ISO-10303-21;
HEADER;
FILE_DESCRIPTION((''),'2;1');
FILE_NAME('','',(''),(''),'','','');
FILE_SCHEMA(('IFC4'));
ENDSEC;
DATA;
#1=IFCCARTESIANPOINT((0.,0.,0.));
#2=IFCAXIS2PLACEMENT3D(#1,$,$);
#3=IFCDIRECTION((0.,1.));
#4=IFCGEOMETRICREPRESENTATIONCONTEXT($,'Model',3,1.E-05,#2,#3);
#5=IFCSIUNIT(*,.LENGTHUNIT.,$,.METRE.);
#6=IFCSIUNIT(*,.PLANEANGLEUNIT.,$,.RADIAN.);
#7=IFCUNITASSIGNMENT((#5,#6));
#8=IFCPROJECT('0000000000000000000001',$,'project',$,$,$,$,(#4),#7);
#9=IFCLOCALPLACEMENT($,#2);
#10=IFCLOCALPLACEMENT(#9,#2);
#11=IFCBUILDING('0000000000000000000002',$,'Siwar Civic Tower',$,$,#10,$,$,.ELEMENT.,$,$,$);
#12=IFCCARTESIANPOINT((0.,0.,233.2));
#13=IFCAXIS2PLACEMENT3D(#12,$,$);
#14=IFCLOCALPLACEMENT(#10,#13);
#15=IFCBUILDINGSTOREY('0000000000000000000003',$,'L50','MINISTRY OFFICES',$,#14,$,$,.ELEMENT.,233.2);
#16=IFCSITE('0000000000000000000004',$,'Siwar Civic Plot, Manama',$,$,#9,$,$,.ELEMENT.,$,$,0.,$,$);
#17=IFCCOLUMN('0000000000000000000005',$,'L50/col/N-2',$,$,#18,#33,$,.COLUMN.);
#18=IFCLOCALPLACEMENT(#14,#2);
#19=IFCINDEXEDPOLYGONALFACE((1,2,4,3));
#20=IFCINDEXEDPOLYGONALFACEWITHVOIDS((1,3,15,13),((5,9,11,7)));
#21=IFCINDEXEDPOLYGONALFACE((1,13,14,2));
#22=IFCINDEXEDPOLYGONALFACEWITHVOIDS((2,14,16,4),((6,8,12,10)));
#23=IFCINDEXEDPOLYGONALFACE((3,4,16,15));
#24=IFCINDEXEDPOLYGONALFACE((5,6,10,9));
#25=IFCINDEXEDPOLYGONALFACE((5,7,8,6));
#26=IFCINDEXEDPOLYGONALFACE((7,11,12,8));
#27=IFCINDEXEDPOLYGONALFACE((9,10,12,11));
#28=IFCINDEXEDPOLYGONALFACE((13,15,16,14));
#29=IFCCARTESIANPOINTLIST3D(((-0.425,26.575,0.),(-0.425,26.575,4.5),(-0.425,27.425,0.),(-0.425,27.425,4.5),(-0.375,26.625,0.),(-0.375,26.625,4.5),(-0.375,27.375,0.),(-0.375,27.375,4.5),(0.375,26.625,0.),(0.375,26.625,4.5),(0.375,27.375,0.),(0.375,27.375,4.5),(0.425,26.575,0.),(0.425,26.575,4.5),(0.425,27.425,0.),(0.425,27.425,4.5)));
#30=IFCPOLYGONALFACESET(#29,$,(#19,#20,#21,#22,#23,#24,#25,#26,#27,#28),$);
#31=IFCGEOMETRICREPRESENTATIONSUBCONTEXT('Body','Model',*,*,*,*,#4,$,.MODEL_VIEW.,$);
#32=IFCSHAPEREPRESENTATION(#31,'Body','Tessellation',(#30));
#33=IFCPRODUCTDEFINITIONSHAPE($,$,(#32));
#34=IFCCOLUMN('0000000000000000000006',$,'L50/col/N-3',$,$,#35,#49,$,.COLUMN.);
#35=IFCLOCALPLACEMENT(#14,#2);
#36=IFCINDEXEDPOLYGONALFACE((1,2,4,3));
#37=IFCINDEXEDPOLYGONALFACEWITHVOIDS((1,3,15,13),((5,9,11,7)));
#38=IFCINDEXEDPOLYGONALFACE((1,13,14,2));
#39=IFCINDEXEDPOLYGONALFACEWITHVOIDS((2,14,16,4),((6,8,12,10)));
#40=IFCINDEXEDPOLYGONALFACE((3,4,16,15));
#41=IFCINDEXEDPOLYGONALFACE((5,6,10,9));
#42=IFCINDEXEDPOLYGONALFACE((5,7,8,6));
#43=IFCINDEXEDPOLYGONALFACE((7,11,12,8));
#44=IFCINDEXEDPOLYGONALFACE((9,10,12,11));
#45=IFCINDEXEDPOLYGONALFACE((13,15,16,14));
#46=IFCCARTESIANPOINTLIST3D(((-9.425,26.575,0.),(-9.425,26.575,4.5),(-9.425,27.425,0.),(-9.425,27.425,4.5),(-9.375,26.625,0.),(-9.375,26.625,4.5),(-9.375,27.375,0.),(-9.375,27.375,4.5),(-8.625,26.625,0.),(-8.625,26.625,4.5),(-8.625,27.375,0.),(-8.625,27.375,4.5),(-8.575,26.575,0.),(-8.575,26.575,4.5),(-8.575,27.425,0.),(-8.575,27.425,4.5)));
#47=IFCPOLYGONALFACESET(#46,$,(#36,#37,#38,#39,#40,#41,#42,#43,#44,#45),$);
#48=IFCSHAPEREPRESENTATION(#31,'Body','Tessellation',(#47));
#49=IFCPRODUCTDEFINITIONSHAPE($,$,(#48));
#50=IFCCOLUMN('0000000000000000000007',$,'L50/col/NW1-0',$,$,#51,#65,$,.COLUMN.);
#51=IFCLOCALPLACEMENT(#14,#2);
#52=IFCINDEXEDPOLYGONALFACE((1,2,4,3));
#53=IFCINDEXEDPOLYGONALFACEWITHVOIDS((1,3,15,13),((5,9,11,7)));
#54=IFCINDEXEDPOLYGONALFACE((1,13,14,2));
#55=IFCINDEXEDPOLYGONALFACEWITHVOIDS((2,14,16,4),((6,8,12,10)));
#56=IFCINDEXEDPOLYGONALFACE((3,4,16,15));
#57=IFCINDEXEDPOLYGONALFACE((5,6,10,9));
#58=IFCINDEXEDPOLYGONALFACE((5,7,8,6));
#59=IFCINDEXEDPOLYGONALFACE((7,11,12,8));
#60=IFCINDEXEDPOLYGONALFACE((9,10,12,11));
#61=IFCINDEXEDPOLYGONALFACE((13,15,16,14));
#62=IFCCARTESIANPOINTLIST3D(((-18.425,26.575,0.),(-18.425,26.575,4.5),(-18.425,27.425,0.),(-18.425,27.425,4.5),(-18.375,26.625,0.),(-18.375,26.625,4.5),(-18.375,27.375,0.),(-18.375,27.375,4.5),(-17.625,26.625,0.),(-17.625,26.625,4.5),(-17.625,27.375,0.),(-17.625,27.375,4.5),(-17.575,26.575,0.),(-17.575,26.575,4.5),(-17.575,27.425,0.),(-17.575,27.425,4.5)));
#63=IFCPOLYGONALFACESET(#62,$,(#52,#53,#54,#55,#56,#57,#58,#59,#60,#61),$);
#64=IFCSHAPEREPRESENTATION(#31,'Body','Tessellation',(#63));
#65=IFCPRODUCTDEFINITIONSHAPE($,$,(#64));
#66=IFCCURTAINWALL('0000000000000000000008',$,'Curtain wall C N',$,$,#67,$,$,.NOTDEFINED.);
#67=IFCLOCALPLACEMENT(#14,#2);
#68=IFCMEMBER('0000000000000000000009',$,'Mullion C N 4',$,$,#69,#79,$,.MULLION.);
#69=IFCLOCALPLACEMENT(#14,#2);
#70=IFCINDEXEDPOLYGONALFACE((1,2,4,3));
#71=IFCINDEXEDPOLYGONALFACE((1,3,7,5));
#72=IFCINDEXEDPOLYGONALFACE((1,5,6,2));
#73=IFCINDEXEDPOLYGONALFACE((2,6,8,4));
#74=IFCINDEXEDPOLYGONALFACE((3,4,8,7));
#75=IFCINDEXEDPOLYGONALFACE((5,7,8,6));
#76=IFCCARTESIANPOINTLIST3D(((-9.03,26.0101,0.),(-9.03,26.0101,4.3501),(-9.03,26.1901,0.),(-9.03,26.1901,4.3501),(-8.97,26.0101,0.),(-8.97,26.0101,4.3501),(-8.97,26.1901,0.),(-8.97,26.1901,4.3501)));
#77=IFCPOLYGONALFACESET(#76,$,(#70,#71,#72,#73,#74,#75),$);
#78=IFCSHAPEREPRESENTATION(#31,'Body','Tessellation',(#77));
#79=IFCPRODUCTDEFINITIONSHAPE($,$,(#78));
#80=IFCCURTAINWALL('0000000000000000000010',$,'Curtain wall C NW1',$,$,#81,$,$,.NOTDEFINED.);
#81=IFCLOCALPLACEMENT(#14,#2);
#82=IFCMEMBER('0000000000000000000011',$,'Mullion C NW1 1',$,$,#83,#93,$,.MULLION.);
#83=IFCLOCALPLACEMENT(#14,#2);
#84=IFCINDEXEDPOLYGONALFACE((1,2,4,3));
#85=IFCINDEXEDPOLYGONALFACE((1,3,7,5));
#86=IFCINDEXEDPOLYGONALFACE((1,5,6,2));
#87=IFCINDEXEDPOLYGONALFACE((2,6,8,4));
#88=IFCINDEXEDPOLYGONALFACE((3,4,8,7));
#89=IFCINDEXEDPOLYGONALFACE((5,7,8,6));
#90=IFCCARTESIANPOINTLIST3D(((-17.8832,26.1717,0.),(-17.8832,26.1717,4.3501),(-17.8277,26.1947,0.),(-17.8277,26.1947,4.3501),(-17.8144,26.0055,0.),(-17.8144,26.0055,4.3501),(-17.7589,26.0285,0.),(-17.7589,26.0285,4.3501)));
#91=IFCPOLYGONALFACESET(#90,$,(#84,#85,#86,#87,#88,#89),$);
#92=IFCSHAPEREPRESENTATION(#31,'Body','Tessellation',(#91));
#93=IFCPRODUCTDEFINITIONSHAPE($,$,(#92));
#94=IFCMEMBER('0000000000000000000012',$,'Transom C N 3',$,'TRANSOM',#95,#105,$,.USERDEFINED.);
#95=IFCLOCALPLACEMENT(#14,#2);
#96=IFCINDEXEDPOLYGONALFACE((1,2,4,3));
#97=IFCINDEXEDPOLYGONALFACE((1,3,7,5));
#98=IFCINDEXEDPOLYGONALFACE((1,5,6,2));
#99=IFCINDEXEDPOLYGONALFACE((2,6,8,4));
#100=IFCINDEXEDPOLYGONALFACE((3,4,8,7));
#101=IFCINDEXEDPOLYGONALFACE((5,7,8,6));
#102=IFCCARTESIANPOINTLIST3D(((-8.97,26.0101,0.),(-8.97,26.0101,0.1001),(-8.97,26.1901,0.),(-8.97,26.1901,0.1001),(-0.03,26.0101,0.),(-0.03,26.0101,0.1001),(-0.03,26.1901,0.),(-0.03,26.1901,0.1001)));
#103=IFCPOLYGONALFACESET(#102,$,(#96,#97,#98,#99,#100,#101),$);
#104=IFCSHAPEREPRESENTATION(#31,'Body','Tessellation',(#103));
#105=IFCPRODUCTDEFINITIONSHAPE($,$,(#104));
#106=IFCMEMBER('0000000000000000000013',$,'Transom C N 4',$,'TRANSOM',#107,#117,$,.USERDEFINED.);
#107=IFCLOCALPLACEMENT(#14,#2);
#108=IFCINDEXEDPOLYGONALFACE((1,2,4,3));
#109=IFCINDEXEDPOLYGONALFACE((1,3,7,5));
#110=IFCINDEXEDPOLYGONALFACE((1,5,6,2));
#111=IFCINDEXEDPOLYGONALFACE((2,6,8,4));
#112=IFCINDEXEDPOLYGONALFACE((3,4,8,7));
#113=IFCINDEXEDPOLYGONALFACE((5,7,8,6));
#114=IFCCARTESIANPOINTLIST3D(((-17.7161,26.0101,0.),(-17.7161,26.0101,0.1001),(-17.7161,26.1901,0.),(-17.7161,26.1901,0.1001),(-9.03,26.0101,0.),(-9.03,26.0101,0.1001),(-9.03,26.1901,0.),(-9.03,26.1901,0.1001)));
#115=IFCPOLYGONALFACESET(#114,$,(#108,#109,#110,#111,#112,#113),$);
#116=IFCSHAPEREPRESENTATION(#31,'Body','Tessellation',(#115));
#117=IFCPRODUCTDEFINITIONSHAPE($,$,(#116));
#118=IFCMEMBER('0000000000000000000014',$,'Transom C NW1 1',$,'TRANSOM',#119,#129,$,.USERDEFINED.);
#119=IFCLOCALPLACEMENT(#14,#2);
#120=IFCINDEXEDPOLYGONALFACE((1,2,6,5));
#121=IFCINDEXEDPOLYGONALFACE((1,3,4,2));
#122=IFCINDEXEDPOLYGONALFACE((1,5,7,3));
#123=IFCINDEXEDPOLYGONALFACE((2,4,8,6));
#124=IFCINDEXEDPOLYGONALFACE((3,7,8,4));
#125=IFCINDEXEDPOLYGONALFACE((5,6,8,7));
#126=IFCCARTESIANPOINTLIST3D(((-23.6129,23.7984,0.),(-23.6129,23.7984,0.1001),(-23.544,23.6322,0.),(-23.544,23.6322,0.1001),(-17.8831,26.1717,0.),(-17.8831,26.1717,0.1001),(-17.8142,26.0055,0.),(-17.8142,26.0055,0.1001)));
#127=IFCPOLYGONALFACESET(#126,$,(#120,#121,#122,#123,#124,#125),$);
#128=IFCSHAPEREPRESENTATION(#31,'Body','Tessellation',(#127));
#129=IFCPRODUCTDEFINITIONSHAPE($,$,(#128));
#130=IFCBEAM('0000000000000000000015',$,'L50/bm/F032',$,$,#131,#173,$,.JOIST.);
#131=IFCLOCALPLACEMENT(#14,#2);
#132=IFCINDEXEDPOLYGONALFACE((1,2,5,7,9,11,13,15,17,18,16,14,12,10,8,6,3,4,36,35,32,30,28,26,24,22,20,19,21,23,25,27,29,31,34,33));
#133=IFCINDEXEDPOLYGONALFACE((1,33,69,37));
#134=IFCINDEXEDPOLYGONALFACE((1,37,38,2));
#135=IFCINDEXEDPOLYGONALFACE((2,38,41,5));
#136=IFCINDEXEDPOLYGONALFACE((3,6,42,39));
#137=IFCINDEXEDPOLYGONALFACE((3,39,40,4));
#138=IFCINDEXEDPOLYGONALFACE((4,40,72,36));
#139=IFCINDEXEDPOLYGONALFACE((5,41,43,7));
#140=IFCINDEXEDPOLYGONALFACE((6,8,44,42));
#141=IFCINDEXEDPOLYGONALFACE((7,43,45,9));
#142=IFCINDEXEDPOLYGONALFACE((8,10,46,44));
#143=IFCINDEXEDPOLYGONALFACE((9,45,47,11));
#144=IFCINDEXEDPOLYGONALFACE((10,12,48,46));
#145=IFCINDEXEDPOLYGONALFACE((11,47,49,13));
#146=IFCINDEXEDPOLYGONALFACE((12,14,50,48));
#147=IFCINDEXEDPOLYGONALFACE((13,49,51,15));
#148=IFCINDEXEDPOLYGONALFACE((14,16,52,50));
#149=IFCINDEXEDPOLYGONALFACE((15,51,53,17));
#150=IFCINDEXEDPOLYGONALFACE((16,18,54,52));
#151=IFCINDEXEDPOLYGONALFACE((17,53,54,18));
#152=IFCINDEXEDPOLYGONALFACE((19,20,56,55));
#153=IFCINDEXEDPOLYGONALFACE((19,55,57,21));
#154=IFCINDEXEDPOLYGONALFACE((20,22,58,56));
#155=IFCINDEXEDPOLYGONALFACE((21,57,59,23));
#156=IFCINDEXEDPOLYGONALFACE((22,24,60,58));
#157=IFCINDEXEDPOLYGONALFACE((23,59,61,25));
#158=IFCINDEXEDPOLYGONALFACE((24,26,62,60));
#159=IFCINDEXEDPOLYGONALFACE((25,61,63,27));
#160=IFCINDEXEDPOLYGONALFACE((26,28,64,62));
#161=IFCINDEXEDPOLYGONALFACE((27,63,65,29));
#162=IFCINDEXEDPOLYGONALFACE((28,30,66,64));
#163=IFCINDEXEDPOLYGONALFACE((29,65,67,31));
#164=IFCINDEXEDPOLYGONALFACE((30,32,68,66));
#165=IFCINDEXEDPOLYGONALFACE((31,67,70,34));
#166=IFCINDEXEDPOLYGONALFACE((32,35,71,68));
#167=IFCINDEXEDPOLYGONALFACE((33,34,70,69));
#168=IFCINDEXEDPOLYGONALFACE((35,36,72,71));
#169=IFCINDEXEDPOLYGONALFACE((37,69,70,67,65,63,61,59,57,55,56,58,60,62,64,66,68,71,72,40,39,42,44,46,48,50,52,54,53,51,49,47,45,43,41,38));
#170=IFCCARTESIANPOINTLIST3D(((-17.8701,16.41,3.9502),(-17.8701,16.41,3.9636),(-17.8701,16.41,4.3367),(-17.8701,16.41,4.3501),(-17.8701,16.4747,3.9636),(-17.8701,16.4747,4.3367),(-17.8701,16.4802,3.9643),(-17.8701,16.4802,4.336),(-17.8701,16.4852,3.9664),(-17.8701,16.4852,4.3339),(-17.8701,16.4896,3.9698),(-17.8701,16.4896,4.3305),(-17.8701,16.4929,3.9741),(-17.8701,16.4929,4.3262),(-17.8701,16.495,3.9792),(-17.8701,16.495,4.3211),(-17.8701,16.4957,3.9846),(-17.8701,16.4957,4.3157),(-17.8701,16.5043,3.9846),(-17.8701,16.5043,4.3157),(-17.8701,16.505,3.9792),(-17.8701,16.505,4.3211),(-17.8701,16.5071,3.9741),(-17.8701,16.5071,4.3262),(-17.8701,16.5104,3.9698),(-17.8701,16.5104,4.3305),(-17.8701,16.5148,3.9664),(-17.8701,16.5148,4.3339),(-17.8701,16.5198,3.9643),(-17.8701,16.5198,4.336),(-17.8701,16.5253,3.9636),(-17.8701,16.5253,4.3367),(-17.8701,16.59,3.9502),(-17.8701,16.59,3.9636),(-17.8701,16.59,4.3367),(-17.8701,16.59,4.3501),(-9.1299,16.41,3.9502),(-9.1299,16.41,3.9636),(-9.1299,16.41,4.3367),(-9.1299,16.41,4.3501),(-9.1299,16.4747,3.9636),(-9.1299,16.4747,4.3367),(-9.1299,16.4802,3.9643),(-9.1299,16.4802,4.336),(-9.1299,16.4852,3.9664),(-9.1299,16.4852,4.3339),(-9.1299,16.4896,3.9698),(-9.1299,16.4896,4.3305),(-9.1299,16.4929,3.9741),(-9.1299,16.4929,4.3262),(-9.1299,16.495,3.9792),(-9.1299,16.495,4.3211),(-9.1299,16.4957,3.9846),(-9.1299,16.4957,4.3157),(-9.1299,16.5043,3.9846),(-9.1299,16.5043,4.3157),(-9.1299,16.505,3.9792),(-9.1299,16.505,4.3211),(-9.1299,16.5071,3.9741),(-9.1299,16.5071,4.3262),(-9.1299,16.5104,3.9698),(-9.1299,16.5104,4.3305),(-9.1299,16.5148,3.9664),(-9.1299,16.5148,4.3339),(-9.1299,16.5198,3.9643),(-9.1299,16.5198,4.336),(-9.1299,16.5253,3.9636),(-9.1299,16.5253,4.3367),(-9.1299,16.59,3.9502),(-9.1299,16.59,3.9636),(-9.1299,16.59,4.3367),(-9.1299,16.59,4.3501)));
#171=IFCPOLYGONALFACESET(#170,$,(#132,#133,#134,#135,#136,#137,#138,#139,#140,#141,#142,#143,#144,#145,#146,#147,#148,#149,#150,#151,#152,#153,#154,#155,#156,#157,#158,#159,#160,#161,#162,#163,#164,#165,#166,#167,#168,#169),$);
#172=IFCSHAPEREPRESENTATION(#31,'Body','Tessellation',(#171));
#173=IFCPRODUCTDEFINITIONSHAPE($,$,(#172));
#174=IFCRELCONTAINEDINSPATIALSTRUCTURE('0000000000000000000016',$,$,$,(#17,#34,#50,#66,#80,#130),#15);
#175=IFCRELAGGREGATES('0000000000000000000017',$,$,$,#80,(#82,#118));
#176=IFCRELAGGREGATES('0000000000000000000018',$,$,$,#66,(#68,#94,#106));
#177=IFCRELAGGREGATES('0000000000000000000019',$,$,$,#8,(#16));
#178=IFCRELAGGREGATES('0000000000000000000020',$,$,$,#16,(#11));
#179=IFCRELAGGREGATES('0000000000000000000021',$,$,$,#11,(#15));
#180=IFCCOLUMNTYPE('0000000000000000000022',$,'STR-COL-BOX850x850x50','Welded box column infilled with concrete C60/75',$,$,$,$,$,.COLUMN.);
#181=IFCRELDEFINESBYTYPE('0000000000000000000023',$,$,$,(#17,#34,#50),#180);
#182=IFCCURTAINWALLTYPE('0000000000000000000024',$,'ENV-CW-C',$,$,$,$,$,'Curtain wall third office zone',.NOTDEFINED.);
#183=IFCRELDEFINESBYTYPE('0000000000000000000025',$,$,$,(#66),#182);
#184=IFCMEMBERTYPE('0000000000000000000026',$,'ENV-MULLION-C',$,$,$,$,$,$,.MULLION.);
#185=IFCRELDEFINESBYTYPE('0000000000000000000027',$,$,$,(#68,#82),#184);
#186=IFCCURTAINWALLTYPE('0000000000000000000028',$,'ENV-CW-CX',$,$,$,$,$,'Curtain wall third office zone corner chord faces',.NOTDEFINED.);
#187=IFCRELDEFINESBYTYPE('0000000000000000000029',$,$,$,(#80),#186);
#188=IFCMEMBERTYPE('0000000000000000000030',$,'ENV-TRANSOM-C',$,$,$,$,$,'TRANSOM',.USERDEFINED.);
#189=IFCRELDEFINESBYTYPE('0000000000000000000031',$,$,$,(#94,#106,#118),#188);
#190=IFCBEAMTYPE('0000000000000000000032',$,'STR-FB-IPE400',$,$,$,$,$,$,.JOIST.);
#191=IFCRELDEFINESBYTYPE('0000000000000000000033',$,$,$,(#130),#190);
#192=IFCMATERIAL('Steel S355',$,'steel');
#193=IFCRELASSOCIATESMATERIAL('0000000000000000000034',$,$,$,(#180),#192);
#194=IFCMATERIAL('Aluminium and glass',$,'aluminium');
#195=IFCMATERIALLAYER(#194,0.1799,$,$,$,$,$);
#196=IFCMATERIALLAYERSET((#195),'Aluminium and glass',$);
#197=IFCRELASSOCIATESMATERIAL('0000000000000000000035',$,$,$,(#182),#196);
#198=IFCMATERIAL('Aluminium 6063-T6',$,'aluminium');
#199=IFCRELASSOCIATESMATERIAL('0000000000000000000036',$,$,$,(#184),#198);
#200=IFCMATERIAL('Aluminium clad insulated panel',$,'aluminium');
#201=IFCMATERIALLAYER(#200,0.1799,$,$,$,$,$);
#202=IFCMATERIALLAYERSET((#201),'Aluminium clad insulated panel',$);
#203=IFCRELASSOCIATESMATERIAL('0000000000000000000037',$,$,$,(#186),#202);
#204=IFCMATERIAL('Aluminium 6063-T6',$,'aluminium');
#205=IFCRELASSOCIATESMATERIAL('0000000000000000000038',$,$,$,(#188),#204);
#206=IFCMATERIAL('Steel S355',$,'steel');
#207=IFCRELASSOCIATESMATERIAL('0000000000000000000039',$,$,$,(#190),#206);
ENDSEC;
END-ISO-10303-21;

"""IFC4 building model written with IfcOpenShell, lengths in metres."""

from ifc_helpers import new_model, si_unit, direction, frame, origin, origin_2d, place, context, subcontext, project, spatial, rectangle, hollow_rectangle, i_section, extrude, material, layer, layer_set, material_profile, profile_set, type_object, element, aggregate, save


model = new_model("IFC4")

# Units and contexts
model_context = context("Model", 3, precision=1e-05, world=origin(), true_north=direction((0.0, 1.0)))
body_context = subcontext(model_context, "Body", "Model", "MODEL_VIEW")
ifc_project = project(units=[si_unit("LENGTHUNIT", "METRE"), si_unit("PLANEANGLEUNIT", "RADIAN")], contexts=[model_context])

# Site, building, storey
site_placement = place(None, origin())
site = spatial("IfcSite", under=ifc_project, at=site_placement, Name="Siwar Civic Plot, Manama", CompositionType="ELEMENT", RefElevation=0.0)
building_placement = place(site_placement, origin())
building = spatial("IfcBuilding", under=site, at=building_placement, Name="Siwar Civic Tower", CompositionType="ELEMENT")
storey_placement = place(building_placement, frame((0.0, 0.0, 233.2)))
storey = spatial("IfcBuildingStorey", under=building, at=storey_placement, Name="L50", Description="MINISTRY OFFICES", CompositionType="ELEMENT", Elevation=233.2)

# Columns
ifc_material_1 = material(Name="Steel S355", Category="steel")
ifc_material_profile_1 = material_profile(ifc_material_1, hollow_rectangle(XDim=0.8501, YDim=0.8501, WallThickness=0.05, at=origin_2d()), Name="BOX850x850x50")
ifc_profile_set_1 = profile_set([ifc_material_profile_1], Name="Steel S355")
column_type = type_object("IfcColumnType", Name="STR-COL-BOX850x850x50", Description="Welded box column infilled with concrete C60/75", PredefinedType="COLUMN", material=ifc_profile_set_1)
for number, where, z_axis, x_axis, name in (
    (1, (0.0, 27.0, 0.0), (0.0, 0.0, 1.0), (1.0, 0.0, 0.0), "L50/col/N-2"),
    (2, (-9.0, 27.0, 0.0), (0.0, 0.0, 1.0), (1.0, 0.0, 0.0), "L50/col/N-3"),
    (3, (-18.0, 27.0, 0.0), (0.0, 0.0, 1.0), (1.0, 0.0, 0.0), "L50/col/NW1-0"),
):
    element("IfcColumn", number, at=place(storey_placement, frame(where, z_axis=z_axis, x_axis=x_axis)), inside=storey, type_object=column_type, Name=name, PredefinedType="COLUMN", context=body_context, shape_type="SweptSolid", body=[
        extrude(hollow_rectangle(XDim=0.8501, YDim=0.8501, WallThickness=0.05, at=origin_2d()), origin(), (0.0, 0.0, 1.0), 4.5),
    ])

# Curtain walls, members
ifc_material_2 = material(Name="Aluminium and glass", Category="aluminium")
ifc_layer_1 = layer(ifc_material_2, 0.1799)
ifc_layer_set_1 = layer_set([ifc_layer_1], Name="Aluminium and glass")
curtain_wall_type_1 = type_object("IfcCurtainWallType", Name="ENV-CW-C", ElementType="Curtain wall third office zone", PredefinedType="NOTDEFINED", material=ifc_layer_set_1)
curtain_wall_1_placement = place(storey_placement, origin())
curtain_wall_1 = element("IfcCurtainWall", 4, at=curtain_wall_1_placement, inside=storey, type_object=curtain_wall_type_1, Name="Curtain wall C N", PredefinedType="NOTDEFINED")
ifc_material_3 = material(Name="Aluminium 6063-T6", Category="aluminium")
ifc_material_profile_2 = material_profile(ifc_material_3, rectangle(XDim=0.1799, YDim=0.0601, at=origin_2d()), Name="AL 180x60")
ifc_profile_set_2 = profile_set([ifc_material_profile_2], Name="Aluminium 6063-T6")
member_type_1 = type_object("IfcMemberType", Name="ENV-MULLION-C", PredefinedType="MULLION", material=ifc_profile_set_2)
member_1_placement = place(storey_placement, frame((-9.0, 26.1001, 0.0), z_axis=(0.0, 0.0, 1.0), x_axis=(0.0, -1.0, 0.0)))
member_1 = element("IfcMember", 5, at=member_1_placement, type_object=member_type_1, Name="Mullion C N 4", PredefinedType="MULLION", context=body_context, shape_type="SweptSolid", body=[
    extrude(rectangle(XDim=0.1799, YDim=0.0601, at=origin_2d()), origin(), (0.0, 0.0, 1.0), 4.3501),
])
ifc_material_4 = material(Name="Aluminium clad insulated panel", Category="aluminium")
ifc_layer_2 = layer(ifc_material_4, 0.1799)
ifc_layer_set_2 = layer_set([ifc_layer_2], Name="Aluminium clad insulated panel")
curtain_wall_type_2 = type_object("IfcCurtainWallType", Name="ENV-CW-CX", ElementType="Curtain wall third office zone corner chord faces", PredefinedType="NOTDEFINED", material=ifc_layer_set_2)
curtain_wall_2_placement = place(storey_placement, origin())
curtain_wall_2 = element("IfcCurtainWall", 6, at=curtain_wall_2_placement, inside=storey, type_object=curtain_wall_type_2, Name="Curtain wall C NW1", PredefinedType="NOTDEFINED")
member_2_placement = place(storey_placement, frame((-17.821, 26.1001, 0.0), z_axis=(0.0, 0.0, 1.0), x_axis=(0.382683, -0.92388, 0.0)))
member_2 = element("IfcMember", 7, at=member_2_placement, type_object=member_type_1, Name="Mullion C NW1 1", PredefinedType="MULLION", context=body_context, shape_type="SweptSolid", body=[
    extrude(rectangle(XDim=0.1799, YDim=0.0601, at=origin_2d()), origin(), (0.0, 0.0, 1.0), 4.3501),
])

# Members
ifc_material_5 = material(Name="Aluminium 6063-T6", Category="aluminium")
ifc_material_profile_3 = material_profile(ifc_material_5, rectangle(XDim=0.1799, YDim=0.1001, at=origin_2d()), Name="AL 180x100")
ifc_profile_set_3 = profile_set([ifc_material_profile_3], Name="Aluminium 6063-T6")
member_type_2 = type_object("IfcMemberType", Name="ENV-TRANSOM-C", ElementType="TRANSOM", PredefinedType="USERDEFINED", material=ifc_profile_set_3)
member_3_placement = place(storey_placement, frame((-0.03, 26.1001, 0.05), z_axis=(-1.0, 0.0, 0.0), x_axis=(0.0, -1.0, 0.0)))
member_3 = element("IfcMember", 8, at=member_3_placement, type_object=member_type_2, Name="Transom C N 3", ObjectType="TRANSOM", PredefinedType="USERDEFINED", context=body_context, shape_type="SweptSolid", body=[
    extrude(rectangle(XDim=0.1799, YDim=0.1001, at=origin_2d()), origin(), (0.0, 0.0, 1.0), 8.9399),
])
member_4_placement = place(storey_placement, frame((-9.03, 26.1001, 0.05), z_axis=(-1.0, 0.0, 0.0), x_axis=(0.0, -1.0, 0.0)))
member_4 = element("IfcMember", 9, at=member_4_placement, type_object=member_type_2, Name="Transom C N 4", ObjectType="TRANSOM", PredefinedType="USERDEFINED", context=body_context, shape_type="SweptSolid", body=[
    extrude(rectangle(XDim=0.1799, YDim=0.1001, at=origin_2d()), origin(), (0.0, 0.0, 1.0), 8.686),
])
member_5_placement = place(storey_placement, frame((-17.8486, 26.0886, 0.05), z_axis=(-0.923882, -0.382677, 0.0), x_axis=(0.382677, -0.923882, 0.0)))
member_5 = element("IfcMember", 10, at=member_5_placement, type_object=member_type_2, Name="Transom C NW1 1", ObjectType="TRANSOM", PredefinedType="USERDEFINED", context=body_context, shape_type="SweptSolid", body=[
    extrude(rectangle(XDim=0.1799, YDim=0.1001, at=origin_2d()), origin(), (0.0, 0.0, 1.0), 6.2019),
])
aggregate(curtain_wall_2, [member_2, member_5])

# Beam
ifc_material_6 = material(Name="Steel S355", Category="steel")
ifc_material_profile_4 = material_profile(ifc_material_6, i_section(OverallWidth=0.1799, OverallDepth=0.3999, WebThickness=0.0085, FlangeThickness=0.0134, FilletRadius=0.021, at=origin_2d()), Name="IPE400")
ifc_profile_set_4 = profile_set([ifc_material_profile_4], Name="Steel S355")
beam_type_1 = type_object("IfcBeamType", Name="STR-FB-IPE400", PredefinedType="JOIST", material=ifc_profile_set_4)
for number, where, z_axis, x_axis, name in (
    (11, (-17.8701, 16.5, 4.1501), (1.0, 0.0, 0.0), (0.0, 1.0, 0.0), "L50/bm/F032"),
):
    element("IfcBeam", number, at=place(storey_placement, frame(where, z_axis=z_axis, x_axis=x_axis)), inside=storey, type_object=beam_type_1, Name=name, PredefinedType="JOIST", context=body_context, shape_type="SweptSolid", body=[
        extrude(i_section(OverallWidth=0.1799, OverallDepth=0.3999, WebThickness=0.0085, FlangeThickness=0.0134, FilletRadius=0.021, at=origin_2d()), origin(), (0.0, 0.0, 1.0), 8.7402),
    ])

aggregate(curtain_wall_1, [member_1, member_3, member_4])

save(model, "model.ifc")
